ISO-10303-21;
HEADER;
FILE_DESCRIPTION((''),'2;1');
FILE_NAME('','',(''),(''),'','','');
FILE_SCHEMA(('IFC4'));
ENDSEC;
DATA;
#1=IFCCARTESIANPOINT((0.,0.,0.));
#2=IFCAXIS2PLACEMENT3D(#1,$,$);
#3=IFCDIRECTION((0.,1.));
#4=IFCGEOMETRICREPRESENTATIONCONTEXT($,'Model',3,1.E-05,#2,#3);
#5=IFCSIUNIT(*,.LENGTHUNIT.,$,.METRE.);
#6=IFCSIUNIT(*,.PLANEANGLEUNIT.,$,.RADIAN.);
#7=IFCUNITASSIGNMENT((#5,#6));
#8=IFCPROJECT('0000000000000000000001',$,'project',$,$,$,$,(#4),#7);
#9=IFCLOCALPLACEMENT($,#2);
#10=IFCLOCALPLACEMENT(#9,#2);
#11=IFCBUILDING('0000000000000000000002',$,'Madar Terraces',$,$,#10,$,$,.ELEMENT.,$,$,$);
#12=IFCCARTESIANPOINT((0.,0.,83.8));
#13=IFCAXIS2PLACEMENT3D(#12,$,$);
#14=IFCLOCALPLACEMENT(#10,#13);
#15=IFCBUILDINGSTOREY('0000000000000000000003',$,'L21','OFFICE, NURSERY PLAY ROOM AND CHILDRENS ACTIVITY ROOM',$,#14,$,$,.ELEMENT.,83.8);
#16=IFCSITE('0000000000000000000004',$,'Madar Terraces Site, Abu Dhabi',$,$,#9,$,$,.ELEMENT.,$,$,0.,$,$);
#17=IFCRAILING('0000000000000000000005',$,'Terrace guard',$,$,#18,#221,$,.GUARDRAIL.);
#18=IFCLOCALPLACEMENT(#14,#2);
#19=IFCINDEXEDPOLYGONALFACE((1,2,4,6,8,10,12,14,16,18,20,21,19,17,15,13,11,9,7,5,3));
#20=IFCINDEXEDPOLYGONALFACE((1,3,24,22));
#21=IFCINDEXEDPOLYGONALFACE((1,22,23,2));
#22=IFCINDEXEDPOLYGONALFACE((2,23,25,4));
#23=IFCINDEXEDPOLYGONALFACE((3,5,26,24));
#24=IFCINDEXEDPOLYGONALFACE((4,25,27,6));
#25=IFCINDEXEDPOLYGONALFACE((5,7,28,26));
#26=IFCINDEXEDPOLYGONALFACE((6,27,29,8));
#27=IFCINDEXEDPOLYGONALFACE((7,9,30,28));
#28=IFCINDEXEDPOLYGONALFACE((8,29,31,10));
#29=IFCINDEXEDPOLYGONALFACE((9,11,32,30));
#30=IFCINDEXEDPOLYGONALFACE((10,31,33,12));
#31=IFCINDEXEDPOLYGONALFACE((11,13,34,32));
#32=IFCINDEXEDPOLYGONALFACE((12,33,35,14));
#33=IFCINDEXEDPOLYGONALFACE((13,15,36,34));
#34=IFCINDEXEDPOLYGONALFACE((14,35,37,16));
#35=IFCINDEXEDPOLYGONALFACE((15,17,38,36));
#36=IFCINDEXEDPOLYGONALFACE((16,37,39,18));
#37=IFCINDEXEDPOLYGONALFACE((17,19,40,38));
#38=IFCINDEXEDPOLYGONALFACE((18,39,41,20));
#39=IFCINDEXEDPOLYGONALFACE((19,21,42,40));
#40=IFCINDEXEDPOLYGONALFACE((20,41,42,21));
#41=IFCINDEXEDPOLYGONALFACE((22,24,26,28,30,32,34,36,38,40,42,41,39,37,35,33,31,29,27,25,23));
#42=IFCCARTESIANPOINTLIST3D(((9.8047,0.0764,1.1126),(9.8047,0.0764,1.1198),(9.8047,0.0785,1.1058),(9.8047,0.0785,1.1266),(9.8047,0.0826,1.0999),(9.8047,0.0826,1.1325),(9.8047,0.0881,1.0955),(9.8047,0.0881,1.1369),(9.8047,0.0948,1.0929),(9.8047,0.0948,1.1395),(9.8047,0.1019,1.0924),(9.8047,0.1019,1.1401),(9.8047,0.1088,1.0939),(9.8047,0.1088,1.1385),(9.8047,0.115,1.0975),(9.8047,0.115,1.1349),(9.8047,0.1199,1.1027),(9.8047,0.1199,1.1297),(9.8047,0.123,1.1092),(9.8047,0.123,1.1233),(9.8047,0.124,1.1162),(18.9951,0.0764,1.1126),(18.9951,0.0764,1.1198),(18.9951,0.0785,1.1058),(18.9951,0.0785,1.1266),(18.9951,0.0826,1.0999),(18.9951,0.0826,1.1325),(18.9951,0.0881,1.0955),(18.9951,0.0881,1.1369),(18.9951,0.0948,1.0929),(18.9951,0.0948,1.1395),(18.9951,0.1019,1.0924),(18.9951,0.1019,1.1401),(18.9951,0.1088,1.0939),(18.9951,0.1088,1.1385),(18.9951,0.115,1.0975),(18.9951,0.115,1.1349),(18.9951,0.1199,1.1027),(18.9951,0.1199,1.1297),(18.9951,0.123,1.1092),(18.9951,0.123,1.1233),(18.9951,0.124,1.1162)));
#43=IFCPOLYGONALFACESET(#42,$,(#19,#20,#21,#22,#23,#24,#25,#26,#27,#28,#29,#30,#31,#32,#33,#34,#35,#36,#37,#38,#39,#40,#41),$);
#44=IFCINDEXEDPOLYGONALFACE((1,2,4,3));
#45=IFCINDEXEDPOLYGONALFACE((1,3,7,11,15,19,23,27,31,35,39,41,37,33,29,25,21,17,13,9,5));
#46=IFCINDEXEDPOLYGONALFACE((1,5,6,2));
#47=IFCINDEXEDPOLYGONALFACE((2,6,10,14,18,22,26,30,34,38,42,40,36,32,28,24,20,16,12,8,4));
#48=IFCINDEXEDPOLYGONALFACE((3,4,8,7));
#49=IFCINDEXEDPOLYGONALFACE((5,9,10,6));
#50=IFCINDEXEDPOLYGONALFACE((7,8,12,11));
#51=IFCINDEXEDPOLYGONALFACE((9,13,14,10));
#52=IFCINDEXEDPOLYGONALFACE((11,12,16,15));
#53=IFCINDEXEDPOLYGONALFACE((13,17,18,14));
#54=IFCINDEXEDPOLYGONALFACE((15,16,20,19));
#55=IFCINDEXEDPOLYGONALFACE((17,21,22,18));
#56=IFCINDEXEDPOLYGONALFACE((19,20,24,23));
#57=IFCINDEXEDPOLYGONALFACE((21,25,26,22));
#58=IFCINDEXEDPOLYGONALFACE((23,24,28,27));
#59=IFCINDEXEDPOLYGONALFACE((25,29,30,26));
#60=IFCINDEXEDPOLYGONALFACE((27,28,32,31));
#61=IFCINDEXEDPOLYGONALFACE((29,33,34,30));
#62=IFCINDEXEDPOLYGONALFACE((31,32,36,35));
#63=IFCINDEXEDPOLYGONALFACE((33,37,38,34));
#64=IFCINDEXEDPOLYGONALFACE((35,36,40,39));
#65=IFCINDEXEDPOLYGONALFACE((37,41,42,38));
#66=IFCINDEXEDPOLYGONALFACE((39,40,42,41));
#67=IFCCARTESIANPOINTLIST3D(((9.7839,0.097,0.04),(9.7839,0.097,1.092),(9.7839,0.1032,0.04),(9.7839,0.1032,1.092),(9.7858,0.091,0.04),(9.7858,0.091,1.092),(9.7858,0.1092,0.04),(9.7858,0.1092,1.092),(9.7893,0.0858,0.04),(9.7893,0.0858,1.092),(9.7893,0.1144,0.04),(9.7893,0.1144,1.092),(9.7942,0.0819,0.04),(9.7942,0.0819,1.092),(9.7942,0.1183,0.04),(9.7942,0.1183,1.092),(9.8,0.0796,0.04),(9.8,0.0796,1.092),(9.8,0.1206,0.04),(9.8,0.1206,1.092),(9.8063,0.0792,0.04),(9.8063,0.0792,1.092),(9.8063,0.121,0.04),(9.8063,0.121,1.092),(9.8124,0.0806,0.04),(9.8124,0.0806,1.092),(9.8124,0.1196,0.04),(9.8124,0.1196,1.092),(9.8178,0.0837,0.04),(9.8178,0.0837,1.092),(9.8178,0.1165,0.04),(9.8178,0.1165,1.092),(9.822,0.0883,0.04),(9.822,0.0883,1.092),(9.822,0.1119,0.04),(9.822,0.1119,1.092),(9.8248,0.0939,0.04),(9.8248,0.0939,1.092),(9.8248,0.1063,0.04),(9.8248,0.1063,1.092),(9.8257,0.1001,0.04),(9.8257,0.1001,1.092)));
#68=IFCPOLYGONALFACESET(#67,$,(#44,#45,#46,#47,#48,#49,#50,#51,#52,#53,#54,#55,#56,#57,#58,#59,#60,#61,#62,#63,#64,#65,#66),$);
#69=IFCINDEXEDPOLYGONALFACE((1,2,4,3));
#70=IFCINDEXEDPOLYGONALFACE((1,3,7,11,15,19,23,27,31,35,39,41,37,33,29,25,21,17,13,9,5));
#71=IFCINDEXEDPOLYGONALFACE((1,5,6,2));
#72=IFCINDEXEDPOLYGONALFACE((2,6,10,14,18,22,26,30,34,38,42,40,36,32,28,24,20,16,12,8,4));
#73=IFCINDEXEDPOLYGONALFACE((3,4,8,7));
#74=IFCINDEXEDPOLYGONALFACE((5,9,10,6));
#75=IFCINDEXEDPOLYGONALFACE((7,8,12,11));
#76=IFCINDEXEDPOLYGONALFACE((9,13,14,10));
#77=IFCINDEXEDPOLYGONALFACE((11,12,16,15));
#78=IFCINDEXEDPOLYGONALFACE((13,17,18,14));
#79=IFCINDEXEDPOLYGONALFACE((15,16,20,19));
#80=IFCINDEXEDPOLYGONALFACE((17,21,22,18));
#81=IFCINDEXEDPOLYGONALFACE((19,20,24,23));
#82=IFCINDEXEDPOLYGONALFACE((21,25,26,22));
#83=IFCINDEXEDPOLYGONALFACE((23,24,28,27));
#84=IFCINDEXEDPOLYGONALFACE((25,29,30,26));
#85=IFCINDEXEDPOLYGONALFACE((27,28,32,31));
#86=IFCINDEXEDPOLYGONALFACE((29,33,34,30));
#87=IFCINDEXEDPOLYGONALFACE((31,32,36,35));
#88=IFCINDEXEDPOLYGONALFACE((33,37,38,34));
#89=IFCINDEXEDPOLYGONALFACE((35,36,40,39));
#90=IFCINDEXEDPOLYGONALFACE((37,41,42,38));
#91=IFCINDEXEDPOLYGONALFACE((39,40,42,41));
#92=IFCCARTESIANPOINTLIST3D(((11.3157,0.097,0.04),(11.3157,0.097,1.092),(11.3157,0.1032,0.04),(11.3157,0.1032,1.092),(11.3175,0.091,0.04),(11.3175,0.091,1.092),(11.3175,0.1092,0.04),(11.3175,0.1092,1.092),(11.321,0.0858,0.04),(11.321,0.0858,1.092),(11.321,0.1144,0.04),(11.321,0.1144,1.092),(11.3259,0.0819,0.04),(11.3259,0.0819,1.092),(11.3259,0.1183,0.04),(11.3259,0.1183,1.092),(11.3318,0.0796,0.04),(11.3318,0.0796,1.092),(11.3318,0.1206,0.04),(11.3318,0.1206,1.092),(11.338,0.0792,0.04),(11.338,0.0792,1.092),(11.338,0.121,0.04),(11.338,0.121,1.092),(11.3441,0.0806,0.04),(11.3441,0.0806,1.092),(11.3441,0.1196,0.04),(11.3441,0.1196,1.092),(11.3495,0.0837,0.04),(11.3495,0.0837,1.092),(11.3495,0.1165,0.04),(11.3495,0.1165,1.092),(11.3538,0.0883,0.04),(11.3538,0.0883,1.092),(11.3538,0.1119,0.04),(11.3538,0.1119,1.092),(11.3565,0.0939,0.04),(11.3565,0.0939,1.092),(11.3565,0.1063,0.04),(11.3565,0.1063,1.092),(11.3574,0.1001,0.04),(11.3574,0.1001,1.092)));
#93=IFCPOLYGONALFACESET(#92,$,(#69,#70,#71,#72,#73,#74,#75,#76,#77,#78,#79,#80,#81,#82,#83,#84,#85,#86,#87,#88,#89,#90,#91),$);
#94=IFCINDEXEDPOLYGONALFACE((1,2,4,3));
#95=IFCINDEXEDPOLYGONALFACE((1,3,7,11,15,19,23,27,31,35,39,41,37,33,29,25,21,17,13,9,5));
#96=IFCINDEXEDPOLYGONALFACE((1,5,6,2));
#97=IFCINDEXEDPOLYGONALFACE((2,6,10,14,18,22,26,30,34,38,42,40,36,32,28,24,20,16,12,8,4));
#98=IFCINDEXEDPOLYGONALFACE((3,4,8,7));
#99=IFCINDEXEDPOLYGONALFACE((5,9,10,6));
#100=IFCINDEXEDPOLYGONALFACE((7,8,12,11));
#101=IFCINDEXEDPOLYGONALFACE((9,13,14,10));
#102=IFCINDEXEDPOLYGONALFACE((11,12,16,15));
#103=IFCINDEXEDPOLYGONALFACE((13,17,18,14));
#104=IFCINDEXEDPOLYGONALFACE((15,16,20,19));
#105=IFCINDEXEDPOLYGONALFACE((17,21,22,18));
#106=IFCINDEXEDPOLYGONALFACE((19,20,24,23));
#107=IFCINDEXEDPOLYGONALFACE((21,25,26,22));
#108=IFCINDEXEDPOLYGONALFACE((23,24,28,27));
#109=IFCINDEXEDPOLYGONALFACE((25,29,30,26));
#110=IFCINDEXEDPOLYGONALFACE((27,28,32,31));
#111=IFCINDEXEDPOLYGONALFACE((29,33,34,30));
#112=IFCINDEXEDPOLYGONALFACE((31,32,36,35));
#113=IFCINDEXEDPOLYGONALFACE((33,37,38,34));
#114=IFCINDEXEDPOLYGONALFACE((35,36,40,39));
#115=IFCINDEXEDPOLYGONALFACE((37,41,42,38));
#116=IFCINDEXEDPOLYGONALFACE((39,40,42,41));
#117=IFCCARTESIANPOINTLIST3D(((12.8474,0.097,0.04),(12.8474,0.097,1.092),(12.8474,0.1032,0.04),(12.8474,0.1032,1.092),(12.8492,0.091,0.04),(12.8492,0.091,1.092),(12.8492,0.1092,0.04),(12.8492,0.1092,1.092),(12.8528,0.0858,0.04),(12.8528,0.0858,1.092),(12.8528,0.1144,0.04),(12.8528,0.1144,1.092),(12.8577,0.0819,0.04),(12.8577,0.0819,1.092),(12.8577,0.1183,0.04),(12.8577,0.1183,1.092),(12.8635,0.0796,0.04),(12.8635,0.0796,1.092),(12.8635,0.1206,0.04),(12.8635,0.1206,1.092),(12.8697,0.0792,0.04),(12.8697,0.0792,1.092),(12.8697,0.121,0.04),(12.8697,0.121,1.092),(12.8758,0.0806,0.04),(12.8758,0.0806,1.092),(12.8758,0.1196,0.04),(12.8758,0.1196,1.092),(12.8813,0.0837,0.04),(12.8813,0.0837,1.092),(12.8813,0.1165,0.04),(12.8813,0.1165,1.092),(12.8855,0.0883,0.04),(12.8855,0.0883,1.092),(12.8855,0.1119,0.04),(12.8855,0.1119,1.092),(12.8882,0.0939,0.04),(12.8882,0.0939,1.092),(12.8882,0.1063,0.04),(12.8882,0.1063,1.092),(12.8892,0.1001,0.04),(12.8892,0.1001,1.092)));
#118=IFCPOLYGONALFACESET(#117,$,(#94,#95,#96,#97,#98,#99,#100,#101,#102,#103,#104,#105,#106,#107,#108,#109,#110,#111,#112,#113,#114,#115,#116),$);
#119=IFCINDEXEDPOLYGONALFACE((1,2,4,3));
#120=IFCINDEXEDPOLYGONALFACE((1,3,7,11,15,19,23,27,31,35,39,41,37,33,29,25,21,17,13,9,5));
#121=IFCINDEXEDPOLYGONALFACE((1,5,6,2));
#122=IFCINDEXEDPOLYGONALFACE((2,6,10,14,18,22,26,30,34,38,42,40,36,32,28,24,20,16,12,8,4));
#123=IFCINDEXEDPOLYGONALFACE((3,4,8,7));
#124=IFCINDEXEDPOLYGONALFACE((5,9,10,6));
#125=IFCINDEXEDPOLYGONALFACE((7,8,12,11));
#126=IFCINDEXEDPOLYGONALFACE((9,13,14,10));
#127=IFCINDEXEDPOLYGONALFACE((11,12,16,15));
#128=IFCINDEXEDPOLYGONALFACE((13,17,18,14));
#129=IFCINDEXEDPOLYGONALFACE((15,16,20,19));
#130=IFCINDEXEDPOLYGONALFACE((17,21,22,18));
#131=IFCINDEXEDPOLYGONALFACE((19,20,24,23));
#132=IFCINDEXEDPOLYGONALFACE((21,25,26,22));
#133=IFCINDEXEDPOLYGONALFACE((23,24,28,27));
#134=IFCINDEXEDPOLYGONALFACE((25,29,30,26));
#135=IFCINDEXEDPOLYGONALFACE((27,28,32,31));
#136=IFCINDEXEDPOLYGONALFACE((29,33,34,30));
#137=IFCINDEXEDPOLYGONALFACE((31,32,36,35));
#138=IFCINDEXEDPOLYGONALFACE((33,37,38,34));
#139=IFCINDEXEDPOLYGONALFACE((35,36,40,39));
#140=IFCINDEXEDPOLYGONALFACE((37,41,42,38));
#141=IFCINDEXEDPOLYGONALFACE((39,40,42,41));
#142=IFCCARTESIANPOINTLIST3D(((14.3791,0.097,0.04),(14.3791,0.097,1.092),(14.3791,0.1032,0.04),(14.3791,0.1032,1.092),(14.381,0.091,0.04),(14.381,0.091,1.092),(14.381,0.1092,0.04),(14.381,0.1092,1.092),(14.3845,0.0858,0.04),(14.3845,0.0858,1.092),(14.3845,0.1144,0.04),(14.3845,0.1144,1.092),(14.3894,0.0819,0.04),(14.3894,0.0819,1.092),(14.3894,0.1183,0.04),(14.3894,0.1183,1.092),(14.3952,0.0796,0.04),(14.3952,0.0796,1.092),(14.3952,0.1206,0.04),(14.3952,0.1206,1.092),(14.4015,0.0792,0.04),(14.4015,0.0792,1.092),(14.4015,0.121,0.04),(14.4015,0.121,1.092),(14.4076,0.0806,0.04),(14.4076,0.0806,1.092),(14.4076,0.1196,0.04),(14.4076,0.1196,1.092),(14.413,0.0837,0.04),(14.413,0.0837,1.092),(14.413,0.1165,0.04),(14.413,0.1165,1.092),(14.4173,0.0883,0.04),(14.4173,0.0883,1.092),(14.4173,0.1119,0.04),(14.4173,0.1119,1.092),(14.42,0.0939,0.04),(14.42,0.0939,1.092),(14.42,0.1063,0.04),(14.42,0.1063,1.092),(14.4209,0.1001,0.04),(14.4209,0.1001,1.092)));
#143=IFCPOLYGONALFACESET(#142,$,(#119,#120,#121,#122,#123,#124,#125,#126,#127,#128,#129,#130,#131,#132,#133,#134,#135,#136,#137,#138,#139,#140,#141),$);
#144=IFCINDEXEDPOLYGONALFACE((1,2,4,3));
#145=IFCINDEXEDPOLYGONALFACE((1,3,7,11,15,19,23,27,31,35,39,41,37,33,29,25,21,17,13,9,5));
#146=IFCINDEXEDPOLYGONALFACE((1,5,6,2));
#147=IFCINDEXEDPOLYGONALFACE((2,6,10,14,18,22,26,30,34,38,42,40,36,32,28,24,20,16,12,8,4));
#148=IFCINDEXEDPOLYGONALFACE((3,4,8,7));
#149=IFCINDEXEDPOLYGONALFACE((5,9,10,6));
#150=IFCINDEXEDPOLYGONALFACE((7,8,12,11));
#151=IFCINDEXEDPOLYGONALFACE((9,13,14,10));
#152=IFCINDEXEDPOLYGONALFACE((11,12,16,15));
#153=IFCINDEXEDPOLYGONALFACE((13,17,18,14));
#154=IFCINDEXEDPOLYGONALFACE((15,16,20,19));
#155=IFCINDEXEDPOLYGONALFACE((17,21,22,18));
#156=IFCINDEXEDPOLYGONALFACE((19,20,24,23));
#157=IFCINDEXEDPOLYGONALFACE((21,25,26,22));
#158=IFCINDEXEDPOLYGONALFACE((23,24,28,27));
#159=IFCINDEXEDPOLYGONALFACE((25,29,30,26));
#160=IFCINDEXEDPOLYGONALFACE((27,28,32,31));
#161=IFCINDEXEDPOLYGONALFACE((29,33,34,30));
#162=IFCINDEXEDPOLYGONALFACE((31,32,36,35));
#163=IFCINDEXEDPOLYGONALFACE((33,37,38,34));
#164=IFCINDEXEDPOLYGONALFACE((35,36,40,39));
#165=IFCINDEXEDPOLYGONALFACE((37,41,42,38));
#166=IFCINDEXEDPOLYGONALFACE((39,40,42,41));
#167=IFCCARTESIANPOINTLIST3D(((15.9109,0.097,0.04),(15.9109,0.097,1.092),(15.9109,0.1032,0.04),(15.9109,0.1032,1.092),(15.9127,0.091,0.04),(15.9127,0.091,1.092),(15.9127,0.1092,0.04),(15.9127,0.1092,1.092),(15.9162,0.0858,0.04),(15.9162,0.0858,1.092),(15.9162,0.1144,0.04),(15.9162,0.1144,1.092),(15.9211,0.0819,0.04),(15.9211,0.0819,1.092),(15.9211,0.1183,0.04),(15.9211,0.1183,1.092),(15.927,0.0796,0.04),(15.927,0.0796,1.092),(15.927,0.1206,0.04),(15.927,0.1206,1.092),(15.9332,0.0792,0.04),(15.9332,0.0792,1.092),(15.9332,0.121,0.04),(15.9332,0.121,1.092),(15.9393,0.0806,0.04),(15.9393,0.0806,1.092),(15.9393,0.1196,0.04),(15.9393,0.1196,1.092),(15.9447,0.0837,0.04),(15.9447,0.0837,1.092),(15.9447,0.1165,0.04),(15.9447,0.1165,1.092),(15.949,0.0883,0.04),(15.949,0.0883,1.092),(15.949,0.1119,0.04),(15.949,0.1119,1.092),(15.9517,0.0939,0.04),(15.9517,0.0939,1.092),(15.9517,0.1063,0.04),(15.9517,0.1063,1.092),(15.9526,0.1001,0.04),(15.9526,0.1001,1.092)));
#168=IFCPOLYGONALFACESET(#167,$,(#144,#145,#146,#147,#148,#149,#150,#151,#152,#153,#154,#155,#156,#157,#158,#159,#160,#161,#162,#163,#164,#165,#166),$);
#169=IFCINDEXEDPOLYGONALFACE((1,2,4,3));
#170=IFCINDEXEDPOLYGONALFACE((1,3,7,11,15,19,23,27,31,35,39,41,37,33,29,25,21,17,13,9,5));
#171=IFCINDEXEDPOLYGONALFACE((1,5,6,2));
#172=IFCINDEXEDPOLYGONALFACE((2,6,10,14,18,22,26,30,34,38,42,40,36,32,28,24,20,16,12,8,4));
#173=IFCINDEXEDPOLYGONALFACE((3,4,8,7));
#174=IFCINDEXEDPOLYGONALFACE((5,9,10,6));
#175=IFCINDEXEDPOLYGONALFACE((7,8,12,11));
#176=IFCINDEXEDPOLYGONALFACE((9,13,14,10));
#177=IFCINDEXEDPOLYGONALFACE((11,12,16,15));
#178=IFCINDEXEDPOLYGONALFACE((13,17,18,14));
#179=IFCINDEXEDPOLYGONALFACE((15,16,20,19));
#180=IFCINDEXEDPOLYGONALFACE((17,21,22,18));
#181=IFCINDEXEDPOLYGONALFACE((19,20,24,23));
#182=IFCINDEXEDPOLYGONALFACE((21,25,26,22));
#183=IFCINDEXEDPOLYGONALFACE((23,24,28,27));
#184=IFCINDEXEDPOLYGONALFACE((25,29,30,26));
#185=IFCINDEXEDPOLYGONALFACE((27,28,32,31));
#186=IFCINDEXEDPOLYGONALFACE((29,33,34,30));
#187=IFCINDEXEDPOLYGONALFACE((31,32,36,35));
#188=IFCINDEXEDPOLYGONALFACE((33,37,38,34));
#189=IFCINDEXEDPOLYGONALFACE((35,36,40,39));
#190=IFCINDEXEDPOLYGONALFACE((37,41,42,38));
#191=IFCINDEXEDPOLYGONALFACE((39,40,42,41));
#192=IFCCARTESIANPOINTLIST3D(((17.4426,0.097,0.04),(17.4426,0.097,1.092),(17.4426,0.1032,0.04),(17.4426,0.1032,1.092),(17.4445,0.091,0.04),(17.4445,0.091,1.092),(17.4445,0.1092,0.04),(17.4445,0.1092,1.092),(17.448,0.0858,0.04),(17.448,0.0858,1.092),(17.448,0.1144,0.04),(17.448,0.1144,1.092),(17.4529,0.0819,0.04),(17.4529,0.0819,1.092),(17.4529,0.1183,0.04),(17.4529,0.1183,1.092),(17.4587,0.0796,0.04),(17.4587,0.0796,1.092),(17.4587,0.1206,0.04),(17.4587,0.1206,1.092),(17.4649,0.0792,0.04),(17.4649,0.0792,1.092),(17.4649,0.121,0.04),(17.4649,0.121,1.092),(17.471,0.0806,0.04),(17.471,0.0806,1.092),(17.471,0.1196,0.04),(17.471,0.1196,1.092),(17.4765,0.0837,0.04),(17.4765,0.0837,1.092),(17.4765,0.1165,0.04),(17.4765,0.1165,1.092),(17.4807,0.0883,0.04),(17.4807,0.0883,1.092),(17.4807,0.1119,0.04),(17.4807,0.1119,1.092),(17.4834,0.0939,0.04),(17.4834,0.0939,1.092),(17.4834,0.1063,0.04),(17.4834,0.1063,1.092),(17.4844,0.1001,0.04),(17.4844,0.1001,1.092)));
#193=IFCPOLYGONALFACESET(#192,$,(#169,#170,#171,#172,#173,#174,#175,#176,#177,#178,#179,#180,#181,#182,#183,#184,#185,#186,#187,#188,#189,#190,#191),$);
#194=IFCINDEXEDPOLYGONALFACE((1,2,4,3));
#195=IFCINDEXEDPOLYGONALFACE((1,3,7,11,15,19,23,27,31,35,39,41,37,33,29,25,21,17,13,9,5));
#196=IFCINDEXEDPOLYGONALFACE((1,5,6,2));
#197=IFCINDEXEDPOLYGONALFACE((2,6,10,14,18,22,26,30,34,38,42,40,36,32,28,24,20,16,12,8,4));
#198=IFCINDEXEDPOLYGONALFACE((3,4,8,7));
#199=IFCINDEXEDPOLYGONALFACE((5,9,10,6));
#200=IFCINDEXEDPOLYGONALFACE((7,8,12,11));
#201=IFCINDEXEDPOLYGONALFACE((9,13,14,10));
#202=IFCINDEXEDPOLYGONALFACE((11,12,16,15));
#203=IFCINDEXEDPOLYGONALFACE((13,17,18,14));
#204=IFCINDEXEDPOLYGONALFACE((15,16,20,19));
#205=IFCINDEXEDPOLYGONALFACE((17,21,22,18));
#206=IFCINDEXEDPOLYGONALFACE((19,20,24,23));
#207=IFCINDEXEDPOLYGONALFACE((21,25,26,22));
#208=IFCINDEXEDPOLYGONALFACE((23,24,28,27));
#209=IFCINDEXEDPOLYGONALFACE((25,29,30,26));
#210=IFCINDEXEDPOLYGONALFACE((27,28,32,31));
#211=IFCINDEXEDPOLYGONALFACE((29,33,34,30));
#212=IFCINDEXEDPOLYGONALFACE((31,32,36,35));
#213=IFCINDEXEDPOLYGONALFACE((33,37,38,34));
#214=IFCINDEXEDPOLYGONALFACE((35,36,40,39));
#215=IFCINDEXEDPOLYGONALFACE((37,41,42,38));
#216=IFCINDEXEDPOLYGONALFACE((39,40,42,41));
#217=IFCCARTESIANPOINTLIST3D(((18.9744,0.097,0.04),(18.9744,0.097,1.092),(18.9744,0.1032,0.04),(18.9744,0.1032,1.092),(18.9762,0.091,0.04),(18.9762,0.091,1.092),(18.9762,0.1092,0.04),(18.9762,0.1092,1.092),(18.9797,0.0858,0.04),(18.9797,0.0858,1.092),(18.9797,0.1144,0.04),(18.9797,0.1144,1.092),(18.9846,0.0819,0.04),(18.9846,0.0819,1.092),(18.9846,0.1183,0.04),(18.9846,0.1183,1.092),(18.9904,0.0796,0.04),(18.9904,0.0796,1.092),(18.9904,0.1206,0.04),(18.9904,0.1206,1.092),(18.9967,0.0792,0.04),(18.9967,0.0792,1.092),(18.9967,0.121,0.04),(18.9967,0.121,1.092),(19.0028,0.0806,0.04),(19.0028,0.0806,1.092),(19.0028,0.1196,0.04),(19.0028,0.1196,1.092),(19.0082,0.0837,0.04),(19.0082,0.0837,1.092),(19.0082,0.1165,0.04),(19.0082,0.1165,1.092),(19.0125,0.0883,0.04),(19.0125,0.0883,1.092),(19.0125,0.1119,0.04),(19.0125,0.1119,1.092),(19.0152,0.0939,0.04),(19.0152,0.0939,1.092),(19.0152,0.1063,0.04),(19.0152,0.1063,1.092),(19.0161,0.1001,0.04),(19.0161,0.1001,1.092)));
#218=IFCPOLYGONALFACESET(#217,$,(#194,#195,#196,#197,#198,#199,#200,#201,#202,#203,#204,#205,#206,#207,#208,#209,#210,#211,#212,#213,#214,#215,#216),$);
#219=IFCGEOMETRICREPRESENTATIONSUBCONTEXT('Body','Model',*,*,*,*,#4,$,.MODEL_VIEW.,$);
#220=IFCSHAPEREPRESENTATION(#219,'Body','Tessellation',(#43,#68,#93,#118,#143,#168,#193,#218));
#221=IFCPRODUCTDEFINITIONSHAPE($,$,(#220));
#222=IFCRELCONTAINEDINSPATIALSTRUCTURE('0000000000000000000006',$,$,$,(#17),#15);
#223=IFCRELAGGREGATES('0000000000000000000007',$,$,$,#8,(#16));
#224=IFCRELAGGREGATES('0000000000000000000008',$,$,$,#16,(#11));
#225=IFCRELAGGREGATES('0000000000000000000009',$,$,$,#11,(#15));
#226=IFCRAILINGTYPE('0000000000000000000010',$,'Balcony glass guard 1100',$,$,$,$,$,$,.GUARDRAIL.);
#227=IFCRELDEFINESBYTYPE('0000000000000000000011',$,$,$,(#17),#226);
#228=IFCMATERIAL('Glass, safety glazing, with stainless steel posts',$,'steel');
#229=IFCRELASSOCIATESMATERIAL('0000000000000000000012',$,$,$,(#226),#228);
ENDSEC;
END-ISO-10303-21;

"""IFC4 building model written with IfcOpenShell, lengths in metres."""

from ifc_helpers import new_model, si_unit, direction, frame, origin, origin_2d, place, context, subcontext, project, spatial, circle, extrude, material, type_object, element, save


model = new_model("IFC4")

# Units and contexts
model_context = context("Model", 3, precision=1e-05, world=origin(), true_north=direction((0.0, 1.0)))
body_context = subcontext(model_context, "Body", "Model", "MODEL_VIEW")
ifc_project = project(units=[si_unit("LENGTHUNIT", "METRE"), si_unit("PLANEANGLEUNIT", "RADIAN")], contexts=[model_context])

# Site, building, storey
site_placement = place(None, origin())
site = spatial("IfcSite", under=ifc_project, at=site_placement, Name="Madar Terraces Site, Abu Dhabi", CompositionType="ELEMENT", RefElevation=0.0)
building_placement = place(site_placement, origin())
building = spatial("IfcBuilding", under=site, at=building_placement, Name="Madar Terraces", CompositionType="ELEMENT")
storey_placement = place(building_placement, frame((0.0, 0.0, 83.8)))
storey = spatial("IfcBuildingStorey", under=building, at=storey_placement, Name="L21", Description="OFFICE, NURSERY PLAY ROOM AND CHILDRENS ACTIVITY ROOM", CompositionType="ELEMENT", Elevation=83.8)

# Railing
ifc_material_1 = material(Name="Glass, safety glazing, with stainless steel posts", Category="steel")
railing_type = type_object("IfcRailingType", Name="Balcony glass guard 1100", PredefinedType="GUARDRAIL", material=ifc_material_1)
railing_placement = place(storey_placement, frame((9.8047, 0.1001, 0.04)))
element("IfcRailing", 1, at=railing_placement, inside=storey, type_object=railing_type, Name="Terrace guard", PredefinedType="GUARDRAIL", context=body_context, shape_type="SweptSolid", body=[
    extrude(circle(Radius=0.0239, at=origin_2d()), frame((0.0, 0.0, 1.0762), z_axis=(1.0, 0.0, 0.0), x_axis=(0.0, 1.0, 0.0)), (0.0, 0.0, 1.0), 9.1904),
    extrude(circle(Radius=0.021, at=origin_2d()), origin(), (0.0, 0.0, 1.0), 1.052),
    extrude(circle(Radius=0.021, at=origin_2d()), frame((1.5317, 0.0, 0.0)), (0.0, 0.0, 1.0), 1.052),
    extrude(circle(Radius=0.021, at=origin_2d()), frame((3.0635, 0.0, 0.0)), (0.0, 0.0, 1.0), 1.052),
    extrude(circle(Radius=0.021, at=origin_2d()), frame((4.5952, 0.0, 0.0)), (0.0, 0.0, 1.0), 1.052),
    extrude(circle(Radius=0.021, at=origin_2d()), frame((6.127, 0.0, 0.0)), (0.0, 0.0, 1.0), 1.052),
    extrude(circle(Radius=0.021, at=origin_2d()), frame((7.6587, 0.0, 0.0)), (0.0, 0.0, 1.0), 1.052),
    extrude(circle(Radius=0.021, at=origin_2d()), frame((9.1904, 0.0, 0.0)), (0.0, 0.0, 1.0), 1.052),
])

save(model, "model.ifc")
